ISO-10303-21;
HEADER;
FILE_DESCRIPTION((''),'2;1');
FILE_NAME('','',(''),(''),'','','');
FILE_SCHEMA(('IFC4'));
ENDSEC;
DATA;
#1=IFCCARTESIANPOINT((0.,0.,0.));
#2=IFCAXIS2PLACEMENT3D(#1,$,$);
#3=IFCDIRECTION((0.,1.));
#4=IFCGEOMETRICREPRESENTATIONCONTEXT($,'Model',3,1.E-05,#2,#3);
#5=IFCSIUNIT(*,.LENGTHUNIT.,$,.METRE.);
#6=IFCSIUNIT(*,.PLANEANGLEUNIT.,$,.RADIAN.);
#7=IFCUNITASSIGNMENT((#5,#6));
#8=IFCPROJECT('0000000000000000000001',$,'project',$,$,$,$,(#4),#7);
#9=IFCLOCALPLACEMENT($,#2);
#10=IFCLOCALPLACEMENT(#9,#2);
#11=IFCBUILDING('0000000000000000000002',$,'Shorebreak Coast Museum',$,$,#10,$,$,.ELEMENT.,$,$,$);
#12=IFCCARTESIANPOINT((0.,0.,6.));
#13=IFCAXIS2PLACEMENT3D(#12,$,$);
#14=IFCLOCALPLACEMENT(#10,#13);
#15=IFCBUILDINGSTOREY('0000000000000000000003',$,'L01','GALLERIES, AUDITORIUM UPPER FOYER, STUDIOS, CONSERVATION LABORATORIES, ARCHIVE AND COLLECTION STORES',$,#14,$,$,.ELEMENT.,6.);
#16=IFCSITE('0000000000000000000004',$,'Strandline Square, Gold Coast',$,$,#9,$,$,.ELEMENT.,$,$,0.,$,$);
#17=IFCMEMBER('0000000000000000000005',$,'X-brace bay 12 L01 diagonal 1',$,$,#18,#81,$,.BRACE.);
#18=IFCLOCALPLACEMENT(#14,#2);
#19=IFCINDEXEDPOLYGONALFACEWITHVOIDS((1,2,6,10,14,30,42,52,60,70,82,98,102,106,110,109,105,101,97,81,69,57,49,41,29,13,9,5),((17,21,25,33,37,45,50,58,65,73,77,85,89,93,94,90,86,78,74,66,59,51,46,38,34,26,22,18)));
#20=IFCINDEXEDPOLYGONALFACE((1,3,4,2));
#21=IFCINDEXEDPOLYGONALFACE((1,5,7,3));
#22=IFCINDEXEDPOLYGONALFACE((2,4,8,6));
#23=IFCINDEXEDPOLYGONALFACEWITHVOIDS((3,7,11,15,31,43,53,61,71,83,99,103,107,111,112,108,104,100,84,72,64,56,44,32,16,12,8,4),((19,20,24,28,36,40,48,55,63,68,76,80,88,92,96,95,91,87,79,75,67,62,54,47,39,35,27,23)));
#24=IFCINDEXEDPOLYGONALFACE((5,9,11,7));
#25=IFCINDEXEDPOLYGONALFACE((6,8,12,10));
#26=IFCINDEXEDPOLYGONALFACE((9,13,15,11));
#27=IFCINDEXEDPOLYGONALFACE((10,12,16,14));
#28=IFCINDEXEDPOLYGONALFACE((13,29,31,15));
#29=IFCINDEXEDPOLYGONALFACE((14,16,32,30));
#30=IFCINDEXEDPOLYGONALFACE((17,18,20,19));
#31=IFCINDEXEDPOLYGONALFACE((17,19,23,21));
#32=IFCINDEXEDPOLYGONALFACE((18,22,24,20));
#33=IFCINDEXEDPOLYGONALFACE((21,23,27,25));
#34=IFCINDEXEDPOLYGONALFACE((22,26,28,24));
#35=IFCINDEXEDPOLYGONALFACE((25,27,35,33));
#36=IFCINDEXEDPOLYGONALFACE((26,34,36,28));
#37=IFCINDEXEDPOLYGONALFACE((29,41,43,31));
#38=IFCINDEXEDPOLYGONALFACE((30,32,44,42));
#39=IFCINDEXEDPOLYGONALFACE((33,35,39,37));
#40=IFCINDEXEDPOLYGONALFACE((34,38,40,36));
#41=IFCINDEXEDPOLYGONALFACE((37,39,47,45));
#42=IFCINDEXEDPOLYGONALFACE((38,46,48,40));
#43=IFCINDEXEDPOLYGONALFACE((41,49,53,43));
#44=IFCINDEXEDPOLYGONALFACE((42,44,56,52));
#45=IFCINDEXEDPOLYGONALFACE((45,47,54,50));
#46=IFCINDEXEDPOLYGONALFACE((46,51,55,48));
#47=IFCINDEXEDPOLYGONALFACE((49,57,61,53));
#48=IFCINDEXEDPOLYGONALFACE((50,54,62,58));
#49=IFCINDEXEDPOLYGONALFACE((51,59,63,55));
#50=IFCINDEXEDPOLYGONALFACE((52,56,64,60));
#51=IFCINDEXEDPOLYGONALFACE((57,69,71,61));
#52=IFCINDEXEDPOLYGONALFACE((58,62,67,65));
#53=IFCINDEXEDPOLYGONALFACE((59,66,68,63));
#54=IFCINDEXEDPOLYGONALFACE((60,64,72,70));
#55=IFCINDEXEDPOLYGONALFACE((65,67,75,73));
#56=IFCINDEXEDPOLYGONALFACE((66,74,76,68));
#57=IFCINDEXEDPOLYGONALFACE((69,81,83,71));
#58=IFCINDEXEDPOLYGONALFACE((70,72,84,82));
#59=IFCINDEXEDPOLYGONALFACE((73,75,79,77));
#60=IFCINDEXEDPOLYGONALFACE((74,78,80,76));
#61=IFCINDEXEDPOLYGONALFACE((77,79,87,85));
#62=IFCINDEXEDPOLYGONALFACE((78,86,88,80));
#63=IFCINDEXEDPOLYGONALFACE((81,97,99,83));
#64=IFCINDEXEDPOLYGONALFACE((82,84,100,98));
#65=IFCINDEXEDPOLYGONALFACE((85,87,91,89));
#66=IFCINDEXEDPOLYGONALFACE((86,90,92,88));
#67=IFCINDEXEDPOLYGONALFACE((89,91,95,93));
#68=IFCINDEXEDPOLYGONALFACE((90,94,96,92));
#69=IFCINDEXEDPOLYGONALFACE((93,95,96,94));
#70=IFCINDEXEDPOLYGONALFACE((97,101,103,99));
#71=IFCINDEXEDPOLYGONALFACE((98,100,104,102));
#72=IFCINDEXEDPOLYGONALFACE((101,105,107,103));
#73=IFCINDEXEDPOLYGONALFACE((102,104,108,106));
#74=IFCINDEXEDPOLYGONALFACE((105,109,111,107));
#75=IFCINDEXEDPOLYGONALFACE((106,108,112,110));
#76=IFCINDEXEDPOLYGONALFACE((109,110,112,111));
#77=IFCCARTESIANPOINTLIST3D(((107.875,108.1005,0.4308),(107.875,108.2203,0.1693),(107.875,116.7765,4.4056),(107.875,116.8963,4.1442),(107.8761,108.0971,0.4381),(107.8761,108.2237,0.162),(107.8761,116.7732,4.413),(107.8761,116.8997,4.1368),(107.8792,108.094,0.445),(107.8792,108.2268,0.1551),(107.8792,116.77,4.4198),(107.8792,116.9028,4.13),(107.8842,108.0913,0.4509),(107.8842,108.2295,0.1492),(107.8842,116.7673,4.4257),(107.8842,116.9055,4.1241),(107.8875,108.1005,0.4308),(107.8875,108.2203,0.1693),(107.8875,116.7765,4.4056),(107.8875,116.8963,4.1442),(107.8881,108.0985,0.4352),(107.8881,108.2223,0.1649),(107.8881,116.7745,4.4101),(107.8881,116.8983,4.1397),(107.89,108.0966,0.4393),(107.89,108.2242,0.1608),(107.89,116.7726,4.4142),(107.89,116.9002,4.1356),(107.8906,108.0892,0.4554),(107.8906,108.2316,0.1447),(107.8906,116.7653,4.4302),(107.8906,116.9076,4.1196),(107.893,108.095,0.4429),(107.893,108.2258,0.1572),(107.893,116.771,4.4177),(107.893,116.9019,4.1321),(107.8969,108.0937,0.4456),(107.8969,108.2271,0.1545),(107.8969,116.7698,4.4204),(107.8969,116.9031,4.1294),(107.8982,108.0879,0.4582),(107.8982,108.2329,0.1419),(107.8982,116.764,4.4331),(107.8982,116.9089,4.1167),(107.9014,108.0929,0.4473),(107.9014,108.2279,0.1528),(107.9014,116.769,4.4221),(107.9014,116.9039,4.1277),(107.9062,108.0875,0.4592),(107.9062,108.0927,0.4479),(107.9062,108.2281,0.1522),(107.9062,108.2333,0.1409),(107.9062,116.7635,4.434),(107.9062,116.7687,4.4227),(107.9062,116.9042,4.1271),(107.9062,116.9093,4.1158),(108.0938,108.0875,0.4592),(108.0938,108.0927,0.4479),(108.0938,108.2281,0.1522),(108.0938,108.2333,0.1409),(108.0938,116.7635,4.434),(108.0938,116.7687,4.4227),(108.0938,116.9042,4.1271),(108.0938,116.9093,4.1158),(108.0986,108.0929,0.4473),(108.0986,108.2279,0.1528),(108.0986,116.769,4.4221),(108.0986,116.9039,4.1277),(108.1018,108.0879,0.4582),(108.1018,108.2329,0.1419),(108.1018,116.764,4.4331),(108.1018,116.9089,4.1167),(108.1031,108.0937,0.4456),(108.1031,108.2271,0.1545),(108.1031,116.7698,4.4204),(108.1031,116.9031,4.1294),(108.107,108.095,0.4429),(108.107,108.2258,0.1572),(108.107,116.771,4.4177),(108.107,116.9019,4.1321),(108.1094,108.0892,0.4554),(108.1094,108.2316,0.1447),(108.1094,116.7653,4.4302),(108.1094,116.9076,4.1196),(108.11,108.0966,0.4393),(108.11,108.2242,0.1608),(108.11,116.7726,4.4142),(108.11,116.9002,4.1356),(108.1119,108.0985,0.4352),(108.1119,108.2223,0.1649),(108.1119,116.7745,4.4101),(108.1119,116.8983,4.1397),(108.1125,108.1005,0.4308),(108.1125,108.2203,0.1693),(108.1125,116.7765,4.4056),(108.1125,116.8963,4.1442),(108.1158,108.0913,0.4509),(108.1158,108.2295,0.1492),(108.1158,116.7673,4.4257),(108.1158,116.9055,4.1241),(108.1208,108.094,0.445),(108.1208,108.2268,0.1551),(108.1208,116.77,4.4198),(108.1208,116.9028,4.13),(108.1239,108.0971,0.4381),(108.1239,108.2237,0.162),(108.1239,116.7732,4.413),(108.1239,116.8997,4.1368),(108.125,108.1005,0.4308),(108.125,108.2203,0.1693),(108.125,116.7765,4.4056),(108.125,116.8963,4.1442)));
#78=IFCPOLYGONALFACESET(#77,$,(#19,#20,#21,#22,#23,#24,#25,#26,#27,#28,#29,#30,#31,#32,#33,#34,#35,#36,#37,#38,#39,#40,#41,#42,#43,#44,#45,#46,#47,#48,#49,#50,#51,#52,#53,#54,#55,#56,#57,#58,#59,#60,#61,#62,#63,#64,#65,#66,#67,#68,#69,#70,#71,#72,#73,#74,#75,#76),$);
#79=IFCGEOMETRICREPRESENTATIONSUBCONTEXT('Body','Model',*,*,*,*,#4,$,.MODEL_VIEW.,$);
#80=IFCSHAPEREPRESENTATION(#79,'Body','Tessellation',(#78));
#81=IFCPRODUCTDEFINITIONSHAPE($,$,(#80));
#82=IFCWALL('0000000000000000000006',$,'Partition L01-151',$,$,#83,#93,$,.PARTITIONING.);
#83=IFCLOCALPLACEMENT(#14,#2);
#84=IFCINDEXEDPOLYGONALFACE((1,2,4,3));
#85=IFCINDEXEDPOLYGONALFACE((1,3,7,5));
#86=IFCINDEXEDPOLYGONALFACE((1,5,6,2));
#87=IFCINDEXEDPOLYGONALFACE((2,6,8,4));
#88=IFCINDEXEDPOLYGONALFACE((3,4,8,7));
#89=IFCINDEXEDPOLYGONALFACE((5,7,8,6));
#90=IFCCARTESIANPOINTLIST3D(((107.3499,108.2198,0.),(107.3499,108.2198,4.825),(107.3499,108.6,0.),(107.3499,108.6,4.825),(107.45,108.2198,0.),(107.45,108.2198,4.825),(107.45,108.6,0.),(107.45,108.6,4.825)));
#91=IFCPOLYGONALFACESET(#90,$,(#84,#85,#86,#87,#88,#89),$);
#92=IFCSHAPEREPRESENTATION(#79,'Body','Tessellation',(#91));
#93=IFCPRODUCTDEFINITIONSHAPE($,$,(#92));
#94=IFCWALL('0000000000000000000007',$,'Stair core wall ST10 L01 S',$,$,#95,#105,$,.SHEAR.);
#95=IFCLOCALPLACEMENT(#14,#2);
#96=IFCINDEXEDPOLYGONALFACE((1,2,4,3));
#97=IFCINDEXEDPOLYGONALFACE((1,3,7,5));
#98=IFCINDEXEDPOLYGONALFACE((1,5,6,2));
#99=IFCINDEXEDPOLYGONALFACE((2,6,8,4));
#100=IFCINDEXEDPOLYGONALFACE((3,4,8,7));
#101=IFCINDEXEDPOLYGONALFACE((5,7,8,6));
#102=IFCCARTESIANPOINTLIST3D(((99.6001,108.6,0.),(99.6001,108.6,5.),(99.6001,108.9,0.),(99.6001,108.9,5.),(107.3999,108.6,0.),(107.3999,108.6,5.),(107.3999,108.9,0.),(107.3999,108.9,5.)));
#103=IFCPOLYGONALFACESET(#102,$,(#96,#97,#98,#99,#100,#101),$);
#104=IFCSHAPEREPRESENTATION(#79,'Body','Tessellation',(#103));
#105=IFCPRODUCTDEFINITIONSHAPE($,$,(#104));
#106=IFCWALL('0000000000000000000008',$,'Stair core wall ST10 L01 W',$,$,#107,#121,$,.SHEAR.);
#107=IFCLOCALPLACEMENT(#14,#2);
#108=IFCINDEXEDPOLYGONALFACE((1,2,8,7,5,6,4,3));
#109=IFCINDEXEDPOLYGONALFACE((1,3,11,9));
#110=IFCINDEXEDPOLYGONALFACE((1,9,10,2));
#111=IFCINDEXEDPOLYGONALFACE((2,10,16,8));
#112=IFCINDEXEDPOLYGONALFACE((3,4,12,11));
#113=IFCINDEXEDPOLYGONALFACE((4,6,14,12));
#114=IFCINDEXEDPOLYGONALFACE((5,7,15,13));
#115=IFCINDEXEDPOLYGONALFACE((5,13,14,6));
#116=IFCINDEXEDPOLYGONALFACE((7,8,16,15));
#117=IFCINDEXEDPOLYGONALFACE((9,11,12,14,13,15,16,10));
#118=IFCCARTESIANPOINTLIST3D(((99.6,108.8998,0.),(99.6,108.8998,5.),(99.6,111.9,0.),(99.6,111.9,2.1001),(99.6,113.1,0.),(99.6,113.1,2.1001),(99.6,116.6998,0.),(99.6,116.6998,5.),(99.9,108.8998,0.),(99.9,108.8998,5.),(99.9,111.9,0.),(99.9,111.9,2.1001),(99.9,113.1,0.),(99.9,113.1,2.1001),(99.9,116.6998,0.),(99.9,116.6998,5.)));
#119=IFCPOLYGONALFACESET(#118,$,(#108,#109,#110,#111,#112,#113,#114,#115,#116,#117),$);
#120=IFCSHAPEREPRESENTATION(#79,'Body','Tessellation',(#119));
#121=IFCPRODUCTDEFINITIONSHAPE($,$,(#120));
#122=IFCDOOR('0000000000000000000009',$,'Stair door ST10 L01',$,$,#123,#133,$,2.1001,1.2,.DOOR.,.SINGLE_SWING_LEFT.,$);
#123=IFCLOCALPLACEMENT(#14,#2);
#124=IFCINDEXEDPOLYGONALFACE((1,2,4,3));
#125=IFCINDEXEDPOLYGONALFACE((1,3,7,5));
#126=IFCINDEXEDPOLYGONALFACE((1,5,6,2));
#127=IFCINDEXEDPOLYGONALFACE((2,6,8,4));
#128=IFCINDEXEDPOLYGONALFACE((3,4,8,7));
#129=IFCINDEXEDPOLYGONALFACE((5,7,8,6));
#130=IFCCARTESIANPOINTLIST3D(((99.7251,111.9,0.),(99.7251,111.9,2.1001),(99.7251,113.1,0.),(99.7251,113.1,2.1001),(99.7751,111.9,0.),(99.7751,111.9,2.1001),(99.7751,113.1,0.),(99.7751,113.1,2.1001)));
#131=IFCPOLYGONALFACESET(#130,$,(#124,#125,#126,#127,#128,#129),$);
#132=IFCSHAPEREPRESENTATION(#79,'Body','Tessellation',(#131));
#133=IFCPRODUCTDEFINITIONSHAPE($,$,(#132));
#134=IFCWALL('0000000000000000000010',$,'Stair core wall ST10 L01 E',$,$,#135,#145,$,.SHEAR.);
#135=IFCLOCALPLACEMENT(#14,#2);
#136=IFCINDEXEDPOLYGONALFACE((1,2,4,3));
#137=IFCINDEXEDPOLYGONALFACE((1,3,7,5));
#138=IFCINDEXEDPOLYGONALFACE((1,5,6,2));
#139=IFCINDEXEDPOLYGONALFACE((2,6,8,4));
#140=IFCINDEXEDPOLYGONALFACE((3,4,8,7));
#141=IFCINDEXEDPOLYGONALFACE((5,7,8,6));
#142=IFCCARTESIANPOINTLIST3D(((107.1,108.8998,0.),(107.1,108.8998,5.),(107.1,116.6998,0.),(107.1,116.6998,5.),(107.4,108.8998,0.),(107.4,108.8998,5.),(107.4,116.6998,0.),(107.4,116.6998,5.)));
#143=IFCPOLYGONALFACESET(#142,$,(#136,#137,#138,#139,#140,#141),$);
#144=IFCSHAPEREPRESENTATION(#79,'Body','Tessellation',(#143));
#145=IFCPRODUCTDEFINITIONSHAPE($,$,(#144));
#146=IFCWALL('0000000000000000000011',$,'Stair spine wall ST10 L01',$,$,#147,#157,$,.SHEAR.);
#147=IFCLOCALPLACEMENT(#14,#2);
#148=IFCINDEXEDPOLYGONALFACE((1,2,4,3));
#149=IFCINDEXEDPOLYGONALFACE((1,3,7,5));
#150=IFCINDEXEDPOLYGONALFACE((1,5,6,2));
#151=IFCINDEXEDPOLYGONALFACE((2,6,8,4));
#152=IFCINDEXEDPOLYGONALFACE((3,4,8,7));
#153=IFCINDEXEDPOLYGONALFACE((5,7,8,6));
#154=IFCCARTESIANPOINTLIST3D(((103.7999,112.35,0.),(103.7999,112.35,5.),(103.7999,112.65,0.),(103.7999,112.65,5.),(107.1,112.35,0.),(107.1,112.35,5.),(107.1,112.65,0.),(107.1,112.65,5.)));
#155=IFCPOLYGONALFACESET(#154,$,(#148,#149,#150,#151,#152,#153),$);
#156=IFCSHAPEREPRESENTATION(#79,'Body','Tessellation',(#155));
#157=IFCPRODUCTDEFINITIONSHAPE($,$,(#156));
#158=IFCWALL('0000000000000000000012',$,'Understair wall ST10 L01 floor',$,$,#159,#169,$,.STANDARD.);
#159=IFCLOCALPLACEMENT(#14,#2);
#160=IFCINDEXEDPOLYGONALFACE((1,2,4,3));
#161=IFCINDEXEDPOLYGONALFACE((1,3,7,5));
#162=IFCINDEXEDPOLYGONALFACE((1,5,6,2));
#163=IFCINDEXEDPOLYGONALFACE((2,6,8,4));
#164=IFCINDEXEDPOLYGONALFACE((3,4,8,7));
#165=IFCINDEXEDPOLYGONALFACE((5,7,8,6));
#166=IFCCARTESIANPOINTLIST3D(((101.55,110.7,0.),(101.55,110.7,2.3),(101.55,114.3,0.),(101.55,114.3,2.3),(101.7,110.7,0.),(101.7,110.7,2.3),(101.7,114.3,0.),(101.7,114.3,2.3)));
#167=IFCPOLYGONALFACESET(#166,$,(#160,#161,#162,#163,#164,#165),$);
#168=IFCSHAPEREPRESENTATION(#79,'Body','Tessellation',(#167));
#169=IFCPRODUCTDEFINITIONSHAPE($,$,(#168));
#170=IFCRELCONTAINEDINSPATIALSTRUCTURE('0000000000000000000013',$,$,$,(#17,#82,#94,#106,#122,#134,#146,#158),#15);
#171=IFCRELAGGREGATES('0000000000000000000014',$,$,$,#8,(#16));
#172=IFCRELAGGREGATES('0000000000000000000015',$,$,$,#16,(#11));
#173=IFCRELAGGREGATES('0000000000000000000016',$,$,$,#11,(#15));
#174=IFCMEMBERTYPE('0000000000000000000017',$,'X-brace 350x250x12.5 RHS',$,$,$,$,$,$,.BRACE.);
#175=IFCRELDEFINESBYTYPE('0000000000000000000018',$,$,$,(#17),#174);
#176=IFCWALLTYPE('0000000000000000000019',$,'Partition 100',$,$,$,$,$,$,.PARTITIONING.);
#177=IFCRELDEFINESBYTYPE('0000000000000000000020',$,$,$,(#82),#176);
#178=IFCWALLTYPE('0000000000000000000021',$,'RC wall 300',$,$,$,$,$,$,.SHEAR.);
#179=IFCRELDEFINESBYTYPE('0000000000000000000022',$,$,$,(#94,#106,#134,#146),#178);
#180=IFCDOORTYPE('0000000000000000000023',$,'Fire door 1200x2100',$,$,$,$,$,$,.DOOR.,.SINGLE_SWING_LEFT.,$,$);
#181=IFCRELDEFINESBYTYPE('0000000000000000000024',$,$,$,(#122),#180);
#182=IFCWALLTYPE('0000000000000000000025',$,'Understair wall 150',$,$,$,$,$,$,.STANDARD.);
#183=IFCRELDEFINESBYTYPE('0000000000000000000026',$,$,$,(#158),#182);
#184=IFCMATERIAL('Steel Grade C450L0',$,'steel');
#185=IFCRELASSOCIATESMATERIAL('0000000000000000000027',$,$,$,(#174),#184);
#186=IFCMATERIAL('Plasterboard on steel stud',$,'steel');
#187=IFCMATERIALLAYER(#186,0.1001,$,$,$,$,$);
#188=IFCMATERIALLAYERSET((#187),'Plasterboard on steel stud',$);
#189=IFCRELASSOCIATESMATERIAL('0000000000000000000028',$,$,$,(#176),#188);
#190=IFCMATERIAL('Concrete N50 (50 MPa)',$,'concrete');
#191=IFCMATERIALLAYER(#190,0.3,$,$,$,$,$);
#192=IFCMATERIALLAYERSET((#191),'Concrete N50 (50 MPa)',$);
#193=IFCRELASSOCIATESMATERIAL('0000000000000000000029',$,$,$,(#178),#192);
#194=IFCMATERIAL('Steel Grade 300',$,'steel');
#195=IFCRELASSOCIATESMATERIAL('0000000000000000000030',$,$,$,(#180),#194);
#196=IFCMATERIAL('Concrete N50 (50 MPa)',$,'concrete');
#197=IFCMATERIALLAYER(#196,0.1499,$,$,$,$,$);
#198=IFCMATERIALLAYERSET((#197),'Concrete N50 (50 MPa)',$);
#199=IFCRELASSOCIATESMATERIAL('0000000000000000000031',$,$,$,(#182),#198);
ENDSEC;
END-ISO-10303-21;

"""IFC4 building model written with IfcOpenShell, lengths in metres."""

from ifc_helpers import new_model, si_unit, direction, frame, frame_2d, origin, origin_2d, place, context, subcontext, project, spatial, rectangle, hollow_rectangle, extrude, material, layer, layer_set, material_profile, profile_set, type_object, element, fill, save


model = new_model("IFC4")

# Units and contexts
model_context = context("Model", 3, precision=1e-05, world=origin(), true_north=direction((0.0, 1.0)))
body_context = subcontext(model_context, "Body", "Model", "MODEL_VIEW")
ifc_project = project(units=[si_unit("LENGTHUNIT", "METRE"), si_unit("PLANEANGLEUNIT", "RADIAN")], contexts=[model_context])

# Site, building, storey
site_placement = place(None, origin())
site = spatial("IfcSite", under=ifc_project, at=site_placement, Name="Strandline Square, Gold Coast", CompositionType="ELEMENT", RefElevation=0.0)
building_placement = place(site_placement, origin())
building = spatial("IfcBuilding", under=site, at=building_placement, Name="Shorebreak Coast Museum", CompositionType="ELEMENT")
storey_placement = place(building_placement, frame((0.0, 0.0, 6.0)))
storey = spatial("IfcBuildingStorey", under=building, at=storey_placement, Name="L01", Description="GALLERIES, AUDITORIUM UPPER FOYER, STUDIOS, CONSERVATION LABORATORIES, ARCHIVE AND COLLECTION STORES", CompositionType="ELEMENT", Elevation=6.0)

# Member
ifc_material_1 = material(Name="Steel Grade C450L0", Category="steel")
ifc_material_profile_1 = material_profile(ifc_material_1, hollow_rectangle(XDim=0.25, YDim=0.3501, WallThickness=0.0125, InnerFilletRadius=0.0188, OuterFilletRadius=0.0312, at=origin_2d()), Name="350x250x12.5 RHS")
ifc_profile_set_1 = profile_set([ifc_material_profile_1], Name="Steel Grade C450L0")
member_type = type_object("IfcMemberType", Name="X-brace 350x250x12.5 RHS", PredefinedType="BRACE", material=ifc_profile_set_1)
member_placement = place(storey_placement, frame((108.0, 108.1604, 0.3), z_axis=(0.0, 0.909131, 0.416511), x_axis=(-1.0, 0.0, 0.0)))
element("IfcMember", 1, at=member_placement, inside=storey, type_object=member_type, Name="X-brace bay 12 L01 diagonal 1", PredefinedType="BRACE", context=body_context, shape_type="SweptSolid", body=[
    extrude(hollow_rectangle(XDim=0.25, YDim=0.3501, WallThickness=0.0125, InnerFilletRadius=0.0188, OuterFilletRadius=0.0312, at=origin_2d()), origin(), (0.0, 0.0, 1.0), 9.5432),
])

# Walls
ifc_material_2 = material(Name="Plasterboard on steel stud", Category="steel")
ifc_layer_1 = layer(ifc_material_2, 0.1001)
ifc_layer_set_1 = layer_set([ifc_layer_1], Name="Plasterboard on steel stud")
wall_type_1 = type_object("IfcWallType", Name="Partition 100", PredefinedType="PARTITIONING", material=ifc_layer_set_1)
wall_1_placement = place(storey_placement, frame((107.3999, 108.22, 0.0), z_axis=(0.0, 0.0, 1.0), x_axis=(0.0, 1.0, 0.0)))
element("IfcWall", 2, at=wall_1_placement, inside=storey, type_object=wall_type_1, Name="Partition L01-151", PredefinedType="PARTITIONING", context=body_context, shape_type="SweptSolid", body=[
    extrude(rectangle(XDim=0.3801, YDim=0.1001, at=frame_2d((0.1899, 0.0))), origin(), (0.0, 0.0, 1.0), 4.825),
])
ifc_material_3 = material(Name="Concrete N50 (50 MPa)", Category="concrete")
ifc_layer_2 = layer(ifc_material_3, 0.3)
ifc_layer_set_2 = layer_set([ifc_layer_2], Name="Concrete N50 (50 MPa)")
wall_type_2 = type_object("IfcWallType", Name="RC wall 300", PredefinedType="SHEAR", material=ifc_layer_set_2)
wall_2_placement = place(storey_placement, frame((99.6001, 108.75, 0.0), z_axis=(0.0, 0.0, 1.0), x_axis=(1.0, 0.0, 0.0)))
element("IfcWall", 3, at=wall_2_placement, inside=storey, type_object=wall_type_2, Name="Stair core wall ST10 L01 S", PredefinedType="SHEAR", context=body_context, shape_type="SweptSolid", body=[
    extrude(rectangle(XDim=7.7998, YDim=0.3, at=frame_2d((3.8999, 0.0))), origin(), (0.0, 0.0, 1.0), 5.0),
])

# Wall, opening, door
wall_3_placement = place(storey_placement, frame((99.75, 108.8999, 0.0), z_axis=(0.0, 0.0, 1.0), x_axis=(0.0, 1.0, 0.0)))
wall_3 = element("IfcWall", 4, at=wall_3_placement, inside=storey, type_object=wall_type_2, Name="Stair core wall ST10 L01 W", PredefinedType="SHEAR", context=body_context, shape_type="SweptSolid", body=[
    extrude(rectangle(XDim=7.8, YDim=0.3, at=frame_2d((3.8999, 0.0))), origin(), (0.0, 0.0, 1.0), 5.0),
])
opening_placement = place(wall_3_placement, frame((3.0, 0.0, 0.0)))
opening = element("IfcOpeningElement", 5, at=opening_placement, cuts=wall_3, PredefinedType="OPENING", context=body_context, shape_type="SweptSolid", body=[
    extrude(rectangle(XDim=1.2, YDim=2.1001, at=frame_2d((0.6001, 1.05))), frame((0.0, 0.1599, 0.0), z_axis=(0.0, -1.0, 0.0), x_axis=(1.0, 0.0, 0.0)), (0.0, 0.0, 1.0), 0.3201),
])
ifc_material_4 = material(Name="Steel Grade 300", Category="steel")
door_type = type_object("IfcDoorType", Name="Fire door 1200x2100", OperationType="SINGLE_SWING_LEFT", PredefinedType="DOOR", material=ifc_material_4)
door_placement = place(opening_placement, origin())
door = element("IfcDoor", 6, at=door_placement, inside=storey, type_object=door_type, Name="Stair door ST10 L01", OperationType="SINGLE_SWING_LEFT", OverallHeight=2.1001, OverallWidth=1.2, PredefinedType="DOOR", context=body_context, shape_type="SweptSolid", body=[
    extrude(rectangle(XDim=1.2, YDim=2.1001, at=frame_2d((0.6001, 1.05))), frame((0.0, 0.0249, 0.0), z_axis=(0.0, -1.0, 0.0), x_axis=(1.0, 0.0, 0.0)), (0.0, 0.0, 1.0), 0.05),
])
fill(opening, door)

# Walls
wall_4_placement = place(storey_placement, frame((107.25, 108.8999, 0.0), z_axis=(0.0, 0.0, 1.0), x_axis=(0.0, 1.0, 0.0)))
element("IfcWall", 7, at=wall_4_placement, inside=storey, type_object=wall_type_2, Name="Stair core wall ST10 L01 E", PredefinedType="SHEAR", context=body_context, shape_type="SweptSolid", body=[
    extrude(rectangle(XDim=7.8, YDim=0.3, at=frame_2d((3.8999, 0.0))), origin(), (0.0, 0.0, 1.0), 5.0),
])
wall_5_placement = place(storey_placement, frame((103.8, 112.5, 0.0), z_axis=(0.0, 0.0, 1.0), x_axis=(1.0, 0.0, 0.0)))
element("IfcWall", 8, at=wall_5_placement, inside=storey, type_object=wall_type_2, Name="Stair spine wall ST10 L01", PredefinedType="SHEAR", context=body_context, shape_type="SweptSolid", body=[
    extrude(rectangle(XDim=3.3, YDim=0.3, at=frame_2d((1.6499, 0.0))), origin(), (0.0, 0.0, 1.0), 5.0),
])
ifc_material_5 = material(Name="Concrete N50 (50 MPa)", Category="concrete")
ifc_layer_3 = layer(ifc_material_5, 0.1499)
ifc_layer_set_3 = layer_set([ifc_layer_3], Name="Concrete N50 (50 MPa)")
wall_type_3 = type_object("IfcWallType", Name="Understair wall 150", PredefinedType="STANDARD", material=ifc_layer_set_3)
wall_6_placement = place(storey_placement, frame((101.625, 110.7, 0.0), z_axis=(0.0, 0.0, 1.0), x_axis=(0.0, 1.0, 0.0)))
element("IfcWall", 9, at=wall_6_placement, inside=storey, type_object=wall_type_3, Name="Understair wall ST10 L01 floor", PredefinedType="STANDARD", context=body_context, shape_type="SweptSolid", body=[
    extrude(rectangle(XDim=3.6001, YDim=0.1499, at=frame_2d((1.8, 0.0))), origin(), (0.0, 0.0, 1.0), 2.3),
])

save(model, "model.ifc")
